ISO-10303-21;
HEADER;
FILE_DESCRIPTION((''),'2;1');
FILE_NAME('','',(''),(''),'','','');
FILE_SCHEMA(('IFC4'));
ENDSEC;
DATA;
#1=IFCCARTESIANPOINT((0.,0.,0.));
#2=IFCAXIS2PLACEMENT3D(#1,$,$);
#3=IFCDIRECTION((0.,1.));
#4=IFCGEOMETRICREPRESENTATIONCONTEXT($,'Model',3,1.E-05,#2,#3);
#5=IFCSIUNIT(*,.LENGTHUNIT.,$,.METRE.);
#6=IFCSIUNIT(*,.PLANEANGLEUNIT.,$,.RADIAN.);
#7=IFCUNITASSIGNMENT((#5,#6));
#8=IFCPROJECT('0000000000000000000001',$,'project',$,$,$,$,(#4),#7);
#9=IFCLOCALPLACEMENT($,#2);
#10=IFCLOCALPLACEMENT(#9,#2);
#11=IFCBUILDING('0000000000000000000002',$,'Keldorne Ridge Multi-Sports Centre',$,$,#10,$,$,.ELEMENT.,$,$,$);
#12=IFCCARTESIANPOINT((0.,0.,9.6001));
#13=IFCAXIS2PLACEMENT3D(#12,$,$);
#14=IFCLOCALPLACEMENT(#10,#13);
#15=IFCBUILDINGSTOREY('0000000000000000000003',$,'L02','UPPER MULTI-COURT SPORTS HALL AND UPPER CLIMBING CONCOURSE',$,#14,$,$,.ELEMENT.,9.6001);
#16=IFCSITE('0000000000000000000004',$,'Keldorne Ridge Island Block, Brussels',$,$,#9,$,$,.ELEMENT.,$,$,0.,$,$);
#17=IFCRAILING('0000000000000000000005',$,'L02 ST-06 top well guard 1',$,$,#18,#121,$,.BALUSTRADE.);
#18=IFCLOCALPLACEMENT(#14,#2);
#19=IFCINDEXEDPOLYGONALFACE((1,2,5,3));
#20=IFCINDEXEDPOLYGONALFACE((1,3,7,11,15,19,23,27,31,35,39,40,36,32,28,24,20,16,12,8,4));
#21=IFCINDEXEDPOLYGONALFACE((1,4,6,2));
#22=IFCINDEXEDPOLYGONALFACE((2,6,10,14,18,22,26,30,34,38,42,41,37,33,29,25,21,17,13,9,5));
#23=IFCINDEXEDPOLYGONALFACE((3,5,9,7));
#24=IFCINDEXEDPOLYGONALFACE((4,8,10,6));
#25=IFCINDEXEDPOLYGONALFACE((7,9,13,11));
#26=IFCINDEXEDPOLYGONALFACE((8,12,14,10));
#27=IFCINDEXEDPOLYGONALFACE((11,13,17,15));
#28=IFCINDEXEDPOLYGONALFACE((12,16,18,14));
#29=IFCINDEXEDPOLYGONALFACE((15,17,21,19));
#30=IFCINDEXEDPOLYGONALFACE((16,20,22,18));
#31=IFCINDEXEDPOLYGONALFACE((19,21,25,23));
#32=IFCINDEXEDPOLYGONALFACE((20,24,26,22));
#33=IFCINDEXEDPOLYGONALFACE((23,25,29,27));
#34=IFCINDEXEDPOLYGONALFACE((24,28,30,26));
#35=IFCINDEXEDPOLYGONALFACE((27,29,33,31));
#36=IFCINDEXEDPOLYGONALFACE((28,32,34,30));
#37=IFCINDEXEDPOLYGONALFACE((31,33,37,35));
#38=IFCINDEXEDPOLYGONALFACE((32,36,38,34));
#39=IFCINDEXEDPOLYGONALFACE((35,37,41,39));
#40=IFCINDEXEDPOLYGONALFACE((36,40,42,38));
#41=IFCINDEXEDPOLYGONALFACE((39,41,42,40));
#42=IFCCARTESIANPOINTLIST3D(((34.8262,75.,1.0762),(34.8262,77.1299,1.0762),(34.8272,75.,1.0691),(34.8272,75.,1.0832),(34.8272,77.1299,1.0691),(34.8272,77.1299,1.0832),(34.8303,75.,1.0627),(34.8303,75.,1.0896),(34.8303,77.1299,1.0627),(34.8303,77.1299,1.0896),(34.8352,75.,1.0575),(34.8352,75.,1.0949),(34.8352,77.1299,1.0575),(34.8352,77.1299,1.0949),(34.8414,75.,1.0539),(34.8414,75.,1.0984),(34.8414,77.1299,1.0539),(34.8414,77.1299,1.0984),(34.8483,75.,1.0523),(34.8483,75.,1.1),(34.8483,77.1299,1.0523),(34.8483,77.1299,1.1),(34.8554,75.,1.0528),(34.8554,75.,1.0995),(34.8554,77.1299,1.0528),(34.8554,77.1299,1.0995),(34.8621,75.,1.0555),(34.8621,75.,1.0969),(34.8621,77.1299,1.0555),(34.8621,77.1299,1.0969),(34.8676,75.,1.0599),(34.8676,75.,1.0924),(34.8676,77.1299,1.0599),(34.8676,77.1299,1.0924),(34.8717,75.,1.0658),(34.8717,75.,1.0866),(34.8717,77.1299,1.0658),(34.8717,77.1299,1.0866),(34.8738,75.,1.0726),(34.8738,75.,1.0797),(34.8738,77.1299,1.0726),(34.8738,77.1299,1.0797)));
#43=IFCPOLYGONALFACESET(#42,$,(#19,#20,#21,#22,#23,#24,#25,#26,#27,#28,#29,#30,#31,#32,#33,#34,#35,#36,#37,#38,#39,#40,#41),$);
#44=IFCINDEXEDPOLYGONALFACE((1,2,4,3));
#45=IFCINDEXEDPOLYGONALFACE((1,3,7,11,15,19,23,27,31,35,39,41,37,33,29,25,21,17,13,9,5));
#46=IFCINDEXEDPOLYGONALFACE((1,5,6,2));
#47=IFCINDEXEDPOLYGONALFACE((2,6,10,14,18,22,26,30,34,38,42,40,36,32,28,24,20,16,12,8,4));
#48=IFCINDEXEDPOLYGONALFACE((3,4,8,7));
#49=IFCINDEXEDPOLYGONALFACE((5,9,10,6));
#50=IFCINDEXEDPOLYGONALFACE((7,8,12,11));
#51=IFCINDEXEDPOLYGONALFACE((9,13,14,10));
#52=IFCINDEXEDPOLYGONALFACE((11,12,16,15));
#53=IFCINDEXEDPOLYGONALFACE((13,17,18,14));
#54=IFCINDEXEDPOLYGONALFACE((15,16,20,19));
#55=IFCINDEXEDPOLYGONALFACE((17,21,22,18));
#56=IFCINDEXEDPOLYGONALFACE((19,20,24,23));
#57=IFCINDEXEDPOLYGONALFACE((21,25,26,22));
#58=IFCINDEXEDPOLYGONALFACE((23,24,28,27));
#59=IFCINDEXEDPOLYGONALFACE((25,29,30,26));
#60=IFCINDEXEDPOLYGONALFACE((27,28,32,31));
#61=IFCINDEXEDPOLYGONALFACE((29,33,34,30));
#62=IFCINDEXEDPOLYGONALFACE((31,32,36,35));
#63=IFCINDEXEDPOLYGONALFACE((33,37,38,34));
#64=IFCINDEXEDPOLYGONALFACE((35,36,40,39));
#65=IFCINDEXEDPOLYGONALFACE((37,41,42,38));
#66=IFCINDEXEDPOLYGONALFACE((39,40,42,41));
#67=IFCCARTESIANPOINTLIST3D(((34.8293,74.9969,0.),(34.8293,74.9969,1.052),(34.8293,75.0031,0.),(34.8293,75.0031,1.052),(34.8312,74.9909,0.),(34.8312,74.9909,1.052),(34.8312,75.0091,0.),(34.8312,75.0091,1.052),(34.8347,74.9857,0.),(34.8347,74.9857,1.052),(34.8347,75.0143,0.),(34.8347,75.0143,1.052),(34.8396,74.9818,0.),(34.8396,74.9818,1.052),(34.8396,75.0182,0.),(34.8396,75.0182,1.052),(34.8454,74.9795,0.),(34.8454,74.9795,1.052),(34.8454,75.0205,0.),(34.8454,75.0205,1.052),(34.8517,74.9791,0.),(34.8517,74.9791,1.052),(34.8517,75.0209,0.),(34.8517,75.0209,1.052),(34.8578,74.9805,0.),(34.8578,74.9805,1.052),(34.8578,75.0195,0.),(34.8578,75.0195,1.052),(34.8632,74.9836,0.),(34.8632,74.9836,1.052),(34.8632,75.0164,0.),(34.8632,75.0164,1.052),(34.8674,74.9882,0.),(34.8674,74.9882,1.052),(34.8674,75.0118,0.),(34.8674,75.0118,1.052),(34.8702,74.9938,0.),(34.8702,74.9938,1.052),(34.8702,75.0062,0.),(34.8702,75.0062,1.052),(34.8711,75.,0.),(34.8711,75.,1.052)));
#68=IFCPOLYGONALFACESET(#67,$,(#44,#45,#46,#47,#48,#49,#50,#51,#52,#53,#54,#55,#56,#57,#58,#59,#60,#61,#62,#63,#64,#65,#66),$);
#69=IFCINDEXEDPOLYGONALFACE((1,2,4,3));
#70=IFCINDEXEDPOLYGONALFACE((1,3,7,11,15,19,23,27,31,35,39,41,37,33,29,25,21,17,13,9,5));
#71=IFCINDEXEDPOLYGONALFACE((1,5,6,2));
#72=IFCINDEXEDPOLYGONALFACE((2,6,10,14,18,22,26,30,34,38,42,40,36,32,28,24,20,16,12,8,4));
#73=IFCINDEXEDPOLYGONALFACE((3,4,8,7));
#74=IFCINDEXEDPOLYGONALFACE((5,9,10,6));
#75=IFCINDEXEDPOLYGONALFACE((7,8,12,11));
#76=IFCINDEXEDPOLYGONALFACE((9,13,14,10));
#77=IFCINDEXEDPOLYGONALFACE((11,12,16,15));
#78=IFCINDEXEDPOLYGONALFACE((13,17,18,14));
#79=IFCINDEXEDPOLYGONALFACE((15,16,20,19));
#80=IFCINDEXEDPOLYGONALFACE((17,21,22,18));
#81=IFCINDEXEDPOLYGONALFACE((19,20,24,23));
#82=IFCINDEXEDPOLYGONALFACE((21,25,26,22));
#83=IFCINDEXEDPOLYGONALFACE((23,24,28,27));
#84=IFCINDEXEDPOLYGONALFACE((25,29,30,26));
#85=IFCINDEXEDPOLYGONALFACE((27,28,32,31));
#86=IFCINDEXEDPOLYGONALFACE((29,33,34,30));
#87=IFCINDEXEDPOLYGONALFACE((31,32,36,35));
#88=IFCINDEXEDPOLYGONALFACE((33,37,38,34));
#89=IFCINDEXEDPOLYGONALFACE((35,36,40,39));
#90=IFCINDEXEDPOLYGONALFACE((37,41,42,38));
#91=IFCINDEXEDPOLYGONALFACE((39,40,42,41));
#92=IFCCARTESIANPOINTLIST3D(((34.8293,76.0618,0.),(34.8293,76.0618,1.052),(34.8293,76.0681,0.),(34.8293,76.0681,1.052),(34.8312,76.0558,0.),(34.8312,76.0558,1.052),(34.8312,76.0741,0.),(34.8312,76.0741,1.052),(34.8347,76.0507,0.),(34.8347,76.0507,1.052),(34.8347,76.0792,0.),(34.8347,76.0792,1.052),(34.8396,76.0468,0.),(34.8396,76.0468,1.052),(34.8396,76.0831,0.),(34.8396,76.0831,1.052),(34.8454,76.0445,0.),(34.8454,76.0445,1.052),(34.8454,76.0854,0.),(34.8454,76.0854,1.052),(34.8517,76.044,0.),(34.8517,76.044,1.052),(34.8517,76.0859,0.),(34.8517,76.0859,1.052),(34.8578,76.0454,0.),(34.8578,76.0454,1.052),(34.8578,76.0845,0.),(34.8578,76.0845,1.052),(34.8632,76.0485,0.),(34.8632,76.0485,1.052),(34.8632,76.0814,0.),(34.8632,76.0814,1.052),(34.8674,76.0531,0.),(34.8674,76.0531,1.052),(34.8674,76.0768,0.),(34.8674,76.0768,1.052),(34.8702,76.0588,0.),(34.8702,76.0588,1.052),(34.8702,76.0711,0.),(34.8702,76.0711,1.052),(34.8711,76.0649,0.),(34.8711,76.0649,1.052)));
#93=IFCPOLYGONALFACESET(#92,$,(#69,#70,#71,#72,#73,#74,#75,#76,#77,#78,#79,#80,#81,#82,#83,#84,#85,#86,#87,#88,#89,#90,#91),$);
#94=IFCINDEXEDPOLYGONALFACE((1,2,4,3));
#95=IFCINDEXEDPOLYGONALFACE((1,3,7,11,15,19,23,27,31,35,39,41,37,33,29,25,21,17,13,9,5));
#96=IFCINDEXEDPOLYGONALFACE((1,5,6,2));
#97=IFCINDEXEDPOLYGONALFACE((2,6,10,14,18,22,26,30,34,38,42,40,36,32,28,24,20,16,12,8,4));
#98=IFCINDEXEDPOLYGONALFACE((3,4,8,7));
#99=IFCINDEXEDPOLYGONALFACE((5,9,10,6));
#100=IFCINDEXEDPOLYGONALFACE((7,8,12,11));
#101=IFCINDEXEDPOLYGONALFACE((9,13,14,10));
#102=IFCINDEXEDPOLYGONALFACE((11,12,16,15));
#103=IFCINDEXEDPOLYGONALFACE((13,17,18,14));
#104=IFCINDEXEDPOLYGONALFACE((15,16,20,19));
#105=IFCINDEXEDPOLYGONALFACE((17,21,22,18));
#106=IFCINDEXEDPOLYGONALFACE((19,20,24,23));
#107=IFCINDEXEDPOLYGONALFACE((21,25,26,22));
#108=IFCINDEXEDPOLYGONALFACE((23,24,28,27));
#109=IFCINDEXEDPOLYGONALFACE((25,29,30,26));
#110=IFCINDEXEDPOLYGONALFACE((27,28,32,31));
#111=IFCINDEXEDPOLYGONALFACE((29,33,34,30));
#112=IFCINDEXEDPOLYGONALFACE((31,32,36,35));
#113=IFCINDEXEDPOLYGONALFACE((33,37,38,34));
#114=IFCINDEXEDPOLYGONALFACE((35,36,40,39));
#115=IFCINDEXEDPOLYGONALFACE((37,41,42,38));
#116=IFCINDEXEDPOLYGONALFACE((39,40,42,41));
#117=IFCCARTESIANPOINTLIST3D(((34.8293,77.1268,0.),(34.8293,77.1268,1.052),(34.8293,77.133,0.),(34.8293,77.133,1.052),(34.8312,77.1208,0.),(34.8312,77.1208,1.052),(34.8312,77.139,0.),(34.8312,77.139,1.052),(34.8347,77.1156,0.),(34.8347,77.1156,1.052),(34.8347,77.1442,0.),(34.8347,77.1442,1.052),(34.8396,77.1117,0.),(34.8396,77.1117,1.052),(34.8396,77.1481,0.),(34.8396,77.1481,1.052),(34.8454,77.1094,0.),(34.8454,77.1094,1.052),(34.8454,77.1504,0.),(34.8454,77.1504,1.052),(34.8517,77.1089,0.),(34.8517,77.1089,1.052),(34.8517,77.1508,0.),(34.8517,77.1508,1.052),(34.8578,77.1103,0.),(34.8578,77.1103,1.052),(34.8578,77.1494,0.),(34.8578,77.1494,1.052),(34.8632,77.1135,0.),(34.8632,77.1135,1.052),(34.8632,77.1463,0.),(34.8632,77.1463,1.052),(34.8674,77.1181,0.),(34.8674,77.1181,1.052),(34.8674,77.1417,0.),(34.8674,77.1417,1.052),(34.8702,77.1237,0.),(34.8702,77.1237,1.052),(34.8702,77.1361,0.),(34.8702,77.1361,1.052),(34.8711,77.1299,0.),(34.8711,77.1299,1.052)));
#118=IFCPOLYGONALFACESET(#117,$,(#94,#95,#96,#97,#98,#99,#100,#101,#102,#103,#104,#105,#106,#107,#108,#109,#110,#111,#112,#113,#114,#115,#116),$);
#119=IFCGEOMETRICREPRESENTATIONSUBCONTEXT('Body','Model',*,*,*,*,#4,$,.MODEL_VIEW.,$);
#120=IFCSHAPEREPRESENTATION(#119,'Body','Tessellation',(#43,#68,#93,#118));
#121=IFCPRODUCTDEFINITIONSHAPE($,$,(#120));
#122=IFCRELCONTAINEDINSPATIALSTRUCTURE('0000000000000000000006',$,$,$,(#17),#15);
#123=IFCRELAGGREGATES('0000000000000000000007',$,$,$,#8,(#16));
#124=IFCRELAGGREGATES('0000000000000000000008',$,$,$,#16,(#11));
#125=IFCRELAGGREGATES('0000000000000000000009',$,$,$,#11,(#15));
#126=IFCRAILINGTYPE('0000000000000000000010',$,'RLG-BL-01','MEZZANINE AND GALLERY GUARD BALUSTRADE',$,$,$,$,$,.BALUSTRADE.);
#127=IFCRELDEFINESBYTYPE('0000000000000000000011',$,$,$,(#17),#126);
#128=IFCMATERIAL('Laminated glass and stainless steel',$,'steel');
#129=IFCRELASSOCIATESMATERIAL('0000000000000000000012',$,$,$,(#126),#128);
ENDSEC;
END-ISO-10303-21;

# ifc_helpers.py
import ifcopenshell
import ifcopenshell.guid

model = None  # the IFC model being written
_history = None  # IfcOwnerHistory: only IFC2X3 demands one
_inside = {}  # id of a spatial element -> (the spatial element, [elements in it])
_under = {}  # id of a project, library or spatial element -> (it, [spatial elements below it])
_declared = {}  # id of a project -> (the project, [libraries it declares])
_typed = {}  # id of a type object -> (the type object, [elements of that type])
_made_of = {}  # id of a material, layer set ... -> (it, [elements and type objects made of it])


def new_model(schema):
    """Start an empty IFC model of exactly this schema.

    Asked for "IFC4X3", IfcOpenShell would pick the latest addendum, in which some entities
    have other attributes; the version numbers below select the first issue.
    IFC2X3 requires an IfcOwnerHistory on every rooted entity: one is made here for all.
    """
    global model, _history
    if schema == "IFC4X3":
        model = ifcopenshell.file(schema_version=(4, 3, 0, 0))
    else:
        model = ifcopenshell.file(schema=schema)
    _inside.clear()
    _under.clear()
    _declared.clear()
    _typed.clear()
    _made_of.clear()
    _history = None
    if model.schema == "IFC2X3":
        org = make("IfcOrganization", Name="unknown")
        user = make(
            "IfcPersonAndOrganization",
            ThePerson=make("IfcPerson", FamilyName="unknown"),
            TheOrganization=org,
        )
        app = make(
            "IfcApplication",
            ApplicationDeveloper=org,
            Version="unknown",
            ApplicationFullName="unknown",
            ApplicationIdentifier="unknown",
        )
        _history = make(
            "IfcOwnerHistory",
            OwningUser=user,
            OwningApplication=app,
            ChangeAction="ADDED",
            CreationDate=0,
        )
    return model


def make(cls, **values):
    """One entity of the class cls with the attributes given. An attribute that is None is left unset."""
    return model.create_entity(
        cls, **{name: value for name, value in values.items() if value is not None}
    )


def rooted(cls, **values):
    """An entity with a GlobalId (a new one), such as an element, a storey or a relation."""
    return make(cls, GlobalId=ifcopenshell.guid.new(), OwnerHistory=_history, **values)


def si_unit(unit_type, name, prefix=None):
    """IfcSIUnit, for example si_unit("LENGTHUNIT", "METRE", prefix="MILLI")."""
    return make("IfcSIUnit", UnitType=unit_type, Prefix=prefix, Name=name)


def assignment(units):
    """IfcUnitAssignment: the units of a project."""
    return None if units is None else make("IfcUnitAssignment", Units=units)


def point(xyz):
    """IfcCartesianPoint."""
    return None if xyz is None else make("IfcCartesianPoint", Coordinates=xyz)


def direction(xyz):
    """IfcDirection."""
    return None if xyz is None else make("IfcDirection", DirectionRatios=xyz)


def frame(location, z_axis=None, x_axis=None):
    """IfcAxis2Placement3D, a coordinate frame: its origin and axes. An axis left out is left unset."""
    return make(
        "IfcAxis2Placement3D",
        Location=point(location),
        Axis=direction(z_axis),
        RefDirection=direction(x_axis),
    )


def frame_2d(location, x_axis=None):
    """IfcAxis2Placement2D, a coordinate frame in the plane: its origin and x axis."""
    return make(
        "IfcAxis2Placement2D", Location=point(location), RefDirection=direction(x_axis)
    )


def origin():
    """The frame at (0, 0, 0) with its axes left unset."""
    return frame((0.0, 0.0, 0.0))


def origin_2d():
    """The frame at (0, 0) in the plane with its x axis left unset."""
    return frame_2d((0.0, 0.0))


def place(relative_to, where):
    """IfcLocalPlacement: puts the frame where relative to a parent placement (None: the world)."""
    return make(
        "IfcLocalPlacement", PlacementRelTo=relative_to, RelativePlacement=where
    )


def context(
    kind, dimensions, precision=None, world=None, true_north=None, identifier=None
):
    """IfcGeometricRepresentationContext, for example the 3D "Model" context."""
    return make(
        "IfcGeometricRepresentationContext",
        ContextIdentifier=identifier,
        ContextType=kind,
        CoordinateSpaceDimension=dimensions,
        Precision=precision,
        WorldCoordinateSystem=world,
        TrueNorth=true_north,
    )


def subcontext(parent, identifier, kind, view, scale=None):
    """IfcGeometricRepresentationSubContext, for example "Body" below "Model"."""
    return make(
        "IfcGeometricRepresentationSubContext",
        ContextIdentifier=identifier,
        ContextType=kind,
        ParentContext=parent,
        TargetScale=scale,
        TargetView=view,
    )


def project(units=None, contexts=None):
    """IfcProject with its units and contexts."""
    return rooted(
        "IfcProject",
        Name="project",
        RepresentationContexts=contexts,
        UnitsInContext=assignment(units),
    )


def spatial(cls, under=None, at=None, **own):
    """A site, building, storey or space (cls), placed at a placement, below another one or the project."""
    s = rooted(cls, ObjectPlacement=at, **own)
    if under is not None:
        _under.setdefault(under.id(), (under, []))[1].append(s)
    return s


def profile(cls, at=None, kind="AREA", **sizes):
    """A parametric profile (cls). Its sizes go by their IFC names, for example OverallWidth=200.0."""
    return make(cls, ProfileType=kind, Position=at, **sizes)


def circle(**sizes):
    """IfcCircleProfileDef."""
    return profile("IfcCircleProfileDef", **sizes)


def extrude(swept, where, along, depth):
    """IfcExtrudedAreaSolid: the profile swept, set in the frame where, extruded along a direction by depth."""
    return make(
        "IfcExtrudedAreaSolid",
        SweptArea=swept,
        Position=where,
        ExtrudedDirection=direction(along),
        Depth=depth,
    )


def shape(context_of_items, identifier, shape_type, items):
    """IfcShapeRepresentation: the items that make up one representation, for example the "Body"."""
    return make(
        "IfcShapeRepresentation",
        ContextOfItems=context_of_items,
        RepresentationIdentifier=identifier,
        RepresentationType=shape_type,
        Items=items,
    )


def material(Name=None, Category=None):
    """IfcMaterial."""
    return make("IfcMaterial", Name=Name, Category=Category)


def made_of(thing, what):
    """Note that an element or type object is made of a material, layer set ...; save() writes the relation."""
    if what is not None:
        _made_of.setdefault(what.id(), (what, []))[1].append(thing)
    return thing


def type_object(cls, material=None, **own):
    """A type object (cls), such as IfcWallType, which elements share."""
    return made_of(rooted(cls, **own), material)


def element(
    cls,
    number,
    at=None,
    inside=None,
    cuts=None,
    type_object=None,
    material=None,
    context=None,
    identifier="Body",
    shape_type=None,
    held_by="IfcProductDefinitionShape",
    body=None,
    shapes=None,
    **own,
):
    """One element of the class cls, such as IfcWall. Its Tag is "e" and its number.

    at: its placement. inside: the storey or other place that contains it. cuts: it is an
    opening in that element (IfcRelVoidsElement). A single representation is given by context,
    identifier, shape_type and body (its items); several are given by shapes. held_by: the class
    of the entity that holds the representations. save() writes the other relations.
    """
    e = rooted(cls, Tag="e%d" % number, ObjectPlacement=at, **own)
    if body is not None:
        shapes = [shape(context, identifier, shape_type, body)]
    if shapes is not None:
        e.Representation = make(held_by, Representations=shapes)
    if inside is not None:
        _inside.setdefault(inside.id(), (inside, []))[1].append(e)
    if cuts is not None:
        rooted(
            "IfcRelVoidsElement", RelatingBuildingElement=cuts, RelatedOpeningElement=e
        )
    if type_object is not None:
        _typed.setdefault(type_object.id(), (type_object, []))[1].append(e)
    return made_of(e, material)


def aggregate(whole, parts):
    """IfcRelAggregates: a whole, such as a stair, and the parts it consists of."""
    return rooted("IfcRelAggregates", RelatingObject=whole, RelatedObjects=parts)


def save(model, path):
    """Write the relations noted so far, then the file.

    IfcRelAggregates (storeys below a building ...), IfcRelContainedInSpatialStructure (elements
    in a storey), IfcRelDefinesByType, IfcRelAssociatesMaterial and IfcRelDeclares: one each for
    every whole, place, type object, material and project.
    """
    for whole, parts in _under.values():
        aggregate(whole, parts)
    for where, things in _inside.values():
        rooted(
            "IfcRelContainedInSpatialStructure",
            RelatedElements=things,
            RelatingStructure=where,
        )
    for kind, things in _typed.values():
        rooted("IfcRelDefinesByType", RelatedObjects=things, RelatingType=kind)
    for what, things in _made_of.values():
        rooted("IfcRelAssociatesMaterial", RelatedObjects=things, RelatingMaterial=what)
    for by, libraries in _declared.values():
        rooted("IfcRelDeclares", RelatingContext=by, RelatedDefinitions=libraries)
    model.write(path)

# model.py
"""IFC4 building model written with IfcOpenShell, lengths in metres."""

from ifc_helpers import new_model, si_unit, direction, frame, origin, origin_2d, place, context, subcontext, project, spatial, circle, extrude, material, type_object, element, save


model = new_model("IFC4")

# Units and contexts
model_context = context("Model", 3, precision=1e-05, world=origin(), true_north=direction((0.0, 1.0)))
body_context = subcontext(model_context, "Body", "Model", "MODEL_VIEW")
ifc_project = project(units=[si_unit("LENGTHUNIT", "METRE"), si_unit("PLANEANGLEUNIT", "RADIAN")], contexts=[model_context])

# Site, building, storey
site_placement = place(None, origin())
site = spatial("IfcSite", under=ifc_project, at=site_placement, Name="Keldorne Ridge Island Block, Brussels", CompositionType="ELEMENT", RefElevation=0.0)
building_placement = place(site_placement, origin())
building = spatial("IfcBuilding", under=site, at=building_placement, Name="Keldorne Ridge Multi-Sports Centre", CompositionType="ELEMENT")
storey_placement = place(building_placement, frame((0.0, 0.0, 9.6001)))
storey = spatial("IfcBuildingStorey", under=building, at=storey_placement, Name="L02", Description="UPPER MULTI-COURT SPORTS HALL AND UPPER CLIMBING CONCOURSE", CompositionType="ELEMENT", Elevation=9.6001)

# Railing
ifc_material_1 = material(Name="Laminated glass and stainless steel", Category="steel")
railing_type = type_object("IfcRailingType", Name="RLG-BL-01", Description="MEZZANINE AND GALLERY GUARD BALUSTRADE", PredefinedType="BALUSTRADE", material=ifc_material_1)
railing_1_placement = place(storey_placement, frame((34.8501, 75.0, 0.0)))
element("IfcRailing", 1, at=railing_1_placement, inside=storey, type_object=railing_type, Name="L02 ST-06 top well guard 1", PredefinedType="BALUSTRADE", context=body_context, shape_type="SweptSolid", body=[
    extrude(circle(Radius=0.0239, at=origin_2d()), frame((0.0, 0.0, 1.0762), z_axis=(0.0, 1.0, 0.0), x_axis=(-1.0, 0.0, 0.0)), (0.0, 0.0, 1.0), 2.1299),
    extrude(circle(Radius=0.021, at=origin_2d()), origin(), (0.0, 0.0, 1.0), 1.052),
    extrude(circle(Radius=0.021, at=origin_2d()), frame((0.0, 1.0649, 0.0)), (0.0, 0.0, 1.0), 1.052),
    extrude(circle(Radius=0.021, at=origin_2d()), frame((0.0, 2.1299, 0.0)), (0.0, 0.0, 1.0), 1.052),
])

save(model, "model.ifc")
